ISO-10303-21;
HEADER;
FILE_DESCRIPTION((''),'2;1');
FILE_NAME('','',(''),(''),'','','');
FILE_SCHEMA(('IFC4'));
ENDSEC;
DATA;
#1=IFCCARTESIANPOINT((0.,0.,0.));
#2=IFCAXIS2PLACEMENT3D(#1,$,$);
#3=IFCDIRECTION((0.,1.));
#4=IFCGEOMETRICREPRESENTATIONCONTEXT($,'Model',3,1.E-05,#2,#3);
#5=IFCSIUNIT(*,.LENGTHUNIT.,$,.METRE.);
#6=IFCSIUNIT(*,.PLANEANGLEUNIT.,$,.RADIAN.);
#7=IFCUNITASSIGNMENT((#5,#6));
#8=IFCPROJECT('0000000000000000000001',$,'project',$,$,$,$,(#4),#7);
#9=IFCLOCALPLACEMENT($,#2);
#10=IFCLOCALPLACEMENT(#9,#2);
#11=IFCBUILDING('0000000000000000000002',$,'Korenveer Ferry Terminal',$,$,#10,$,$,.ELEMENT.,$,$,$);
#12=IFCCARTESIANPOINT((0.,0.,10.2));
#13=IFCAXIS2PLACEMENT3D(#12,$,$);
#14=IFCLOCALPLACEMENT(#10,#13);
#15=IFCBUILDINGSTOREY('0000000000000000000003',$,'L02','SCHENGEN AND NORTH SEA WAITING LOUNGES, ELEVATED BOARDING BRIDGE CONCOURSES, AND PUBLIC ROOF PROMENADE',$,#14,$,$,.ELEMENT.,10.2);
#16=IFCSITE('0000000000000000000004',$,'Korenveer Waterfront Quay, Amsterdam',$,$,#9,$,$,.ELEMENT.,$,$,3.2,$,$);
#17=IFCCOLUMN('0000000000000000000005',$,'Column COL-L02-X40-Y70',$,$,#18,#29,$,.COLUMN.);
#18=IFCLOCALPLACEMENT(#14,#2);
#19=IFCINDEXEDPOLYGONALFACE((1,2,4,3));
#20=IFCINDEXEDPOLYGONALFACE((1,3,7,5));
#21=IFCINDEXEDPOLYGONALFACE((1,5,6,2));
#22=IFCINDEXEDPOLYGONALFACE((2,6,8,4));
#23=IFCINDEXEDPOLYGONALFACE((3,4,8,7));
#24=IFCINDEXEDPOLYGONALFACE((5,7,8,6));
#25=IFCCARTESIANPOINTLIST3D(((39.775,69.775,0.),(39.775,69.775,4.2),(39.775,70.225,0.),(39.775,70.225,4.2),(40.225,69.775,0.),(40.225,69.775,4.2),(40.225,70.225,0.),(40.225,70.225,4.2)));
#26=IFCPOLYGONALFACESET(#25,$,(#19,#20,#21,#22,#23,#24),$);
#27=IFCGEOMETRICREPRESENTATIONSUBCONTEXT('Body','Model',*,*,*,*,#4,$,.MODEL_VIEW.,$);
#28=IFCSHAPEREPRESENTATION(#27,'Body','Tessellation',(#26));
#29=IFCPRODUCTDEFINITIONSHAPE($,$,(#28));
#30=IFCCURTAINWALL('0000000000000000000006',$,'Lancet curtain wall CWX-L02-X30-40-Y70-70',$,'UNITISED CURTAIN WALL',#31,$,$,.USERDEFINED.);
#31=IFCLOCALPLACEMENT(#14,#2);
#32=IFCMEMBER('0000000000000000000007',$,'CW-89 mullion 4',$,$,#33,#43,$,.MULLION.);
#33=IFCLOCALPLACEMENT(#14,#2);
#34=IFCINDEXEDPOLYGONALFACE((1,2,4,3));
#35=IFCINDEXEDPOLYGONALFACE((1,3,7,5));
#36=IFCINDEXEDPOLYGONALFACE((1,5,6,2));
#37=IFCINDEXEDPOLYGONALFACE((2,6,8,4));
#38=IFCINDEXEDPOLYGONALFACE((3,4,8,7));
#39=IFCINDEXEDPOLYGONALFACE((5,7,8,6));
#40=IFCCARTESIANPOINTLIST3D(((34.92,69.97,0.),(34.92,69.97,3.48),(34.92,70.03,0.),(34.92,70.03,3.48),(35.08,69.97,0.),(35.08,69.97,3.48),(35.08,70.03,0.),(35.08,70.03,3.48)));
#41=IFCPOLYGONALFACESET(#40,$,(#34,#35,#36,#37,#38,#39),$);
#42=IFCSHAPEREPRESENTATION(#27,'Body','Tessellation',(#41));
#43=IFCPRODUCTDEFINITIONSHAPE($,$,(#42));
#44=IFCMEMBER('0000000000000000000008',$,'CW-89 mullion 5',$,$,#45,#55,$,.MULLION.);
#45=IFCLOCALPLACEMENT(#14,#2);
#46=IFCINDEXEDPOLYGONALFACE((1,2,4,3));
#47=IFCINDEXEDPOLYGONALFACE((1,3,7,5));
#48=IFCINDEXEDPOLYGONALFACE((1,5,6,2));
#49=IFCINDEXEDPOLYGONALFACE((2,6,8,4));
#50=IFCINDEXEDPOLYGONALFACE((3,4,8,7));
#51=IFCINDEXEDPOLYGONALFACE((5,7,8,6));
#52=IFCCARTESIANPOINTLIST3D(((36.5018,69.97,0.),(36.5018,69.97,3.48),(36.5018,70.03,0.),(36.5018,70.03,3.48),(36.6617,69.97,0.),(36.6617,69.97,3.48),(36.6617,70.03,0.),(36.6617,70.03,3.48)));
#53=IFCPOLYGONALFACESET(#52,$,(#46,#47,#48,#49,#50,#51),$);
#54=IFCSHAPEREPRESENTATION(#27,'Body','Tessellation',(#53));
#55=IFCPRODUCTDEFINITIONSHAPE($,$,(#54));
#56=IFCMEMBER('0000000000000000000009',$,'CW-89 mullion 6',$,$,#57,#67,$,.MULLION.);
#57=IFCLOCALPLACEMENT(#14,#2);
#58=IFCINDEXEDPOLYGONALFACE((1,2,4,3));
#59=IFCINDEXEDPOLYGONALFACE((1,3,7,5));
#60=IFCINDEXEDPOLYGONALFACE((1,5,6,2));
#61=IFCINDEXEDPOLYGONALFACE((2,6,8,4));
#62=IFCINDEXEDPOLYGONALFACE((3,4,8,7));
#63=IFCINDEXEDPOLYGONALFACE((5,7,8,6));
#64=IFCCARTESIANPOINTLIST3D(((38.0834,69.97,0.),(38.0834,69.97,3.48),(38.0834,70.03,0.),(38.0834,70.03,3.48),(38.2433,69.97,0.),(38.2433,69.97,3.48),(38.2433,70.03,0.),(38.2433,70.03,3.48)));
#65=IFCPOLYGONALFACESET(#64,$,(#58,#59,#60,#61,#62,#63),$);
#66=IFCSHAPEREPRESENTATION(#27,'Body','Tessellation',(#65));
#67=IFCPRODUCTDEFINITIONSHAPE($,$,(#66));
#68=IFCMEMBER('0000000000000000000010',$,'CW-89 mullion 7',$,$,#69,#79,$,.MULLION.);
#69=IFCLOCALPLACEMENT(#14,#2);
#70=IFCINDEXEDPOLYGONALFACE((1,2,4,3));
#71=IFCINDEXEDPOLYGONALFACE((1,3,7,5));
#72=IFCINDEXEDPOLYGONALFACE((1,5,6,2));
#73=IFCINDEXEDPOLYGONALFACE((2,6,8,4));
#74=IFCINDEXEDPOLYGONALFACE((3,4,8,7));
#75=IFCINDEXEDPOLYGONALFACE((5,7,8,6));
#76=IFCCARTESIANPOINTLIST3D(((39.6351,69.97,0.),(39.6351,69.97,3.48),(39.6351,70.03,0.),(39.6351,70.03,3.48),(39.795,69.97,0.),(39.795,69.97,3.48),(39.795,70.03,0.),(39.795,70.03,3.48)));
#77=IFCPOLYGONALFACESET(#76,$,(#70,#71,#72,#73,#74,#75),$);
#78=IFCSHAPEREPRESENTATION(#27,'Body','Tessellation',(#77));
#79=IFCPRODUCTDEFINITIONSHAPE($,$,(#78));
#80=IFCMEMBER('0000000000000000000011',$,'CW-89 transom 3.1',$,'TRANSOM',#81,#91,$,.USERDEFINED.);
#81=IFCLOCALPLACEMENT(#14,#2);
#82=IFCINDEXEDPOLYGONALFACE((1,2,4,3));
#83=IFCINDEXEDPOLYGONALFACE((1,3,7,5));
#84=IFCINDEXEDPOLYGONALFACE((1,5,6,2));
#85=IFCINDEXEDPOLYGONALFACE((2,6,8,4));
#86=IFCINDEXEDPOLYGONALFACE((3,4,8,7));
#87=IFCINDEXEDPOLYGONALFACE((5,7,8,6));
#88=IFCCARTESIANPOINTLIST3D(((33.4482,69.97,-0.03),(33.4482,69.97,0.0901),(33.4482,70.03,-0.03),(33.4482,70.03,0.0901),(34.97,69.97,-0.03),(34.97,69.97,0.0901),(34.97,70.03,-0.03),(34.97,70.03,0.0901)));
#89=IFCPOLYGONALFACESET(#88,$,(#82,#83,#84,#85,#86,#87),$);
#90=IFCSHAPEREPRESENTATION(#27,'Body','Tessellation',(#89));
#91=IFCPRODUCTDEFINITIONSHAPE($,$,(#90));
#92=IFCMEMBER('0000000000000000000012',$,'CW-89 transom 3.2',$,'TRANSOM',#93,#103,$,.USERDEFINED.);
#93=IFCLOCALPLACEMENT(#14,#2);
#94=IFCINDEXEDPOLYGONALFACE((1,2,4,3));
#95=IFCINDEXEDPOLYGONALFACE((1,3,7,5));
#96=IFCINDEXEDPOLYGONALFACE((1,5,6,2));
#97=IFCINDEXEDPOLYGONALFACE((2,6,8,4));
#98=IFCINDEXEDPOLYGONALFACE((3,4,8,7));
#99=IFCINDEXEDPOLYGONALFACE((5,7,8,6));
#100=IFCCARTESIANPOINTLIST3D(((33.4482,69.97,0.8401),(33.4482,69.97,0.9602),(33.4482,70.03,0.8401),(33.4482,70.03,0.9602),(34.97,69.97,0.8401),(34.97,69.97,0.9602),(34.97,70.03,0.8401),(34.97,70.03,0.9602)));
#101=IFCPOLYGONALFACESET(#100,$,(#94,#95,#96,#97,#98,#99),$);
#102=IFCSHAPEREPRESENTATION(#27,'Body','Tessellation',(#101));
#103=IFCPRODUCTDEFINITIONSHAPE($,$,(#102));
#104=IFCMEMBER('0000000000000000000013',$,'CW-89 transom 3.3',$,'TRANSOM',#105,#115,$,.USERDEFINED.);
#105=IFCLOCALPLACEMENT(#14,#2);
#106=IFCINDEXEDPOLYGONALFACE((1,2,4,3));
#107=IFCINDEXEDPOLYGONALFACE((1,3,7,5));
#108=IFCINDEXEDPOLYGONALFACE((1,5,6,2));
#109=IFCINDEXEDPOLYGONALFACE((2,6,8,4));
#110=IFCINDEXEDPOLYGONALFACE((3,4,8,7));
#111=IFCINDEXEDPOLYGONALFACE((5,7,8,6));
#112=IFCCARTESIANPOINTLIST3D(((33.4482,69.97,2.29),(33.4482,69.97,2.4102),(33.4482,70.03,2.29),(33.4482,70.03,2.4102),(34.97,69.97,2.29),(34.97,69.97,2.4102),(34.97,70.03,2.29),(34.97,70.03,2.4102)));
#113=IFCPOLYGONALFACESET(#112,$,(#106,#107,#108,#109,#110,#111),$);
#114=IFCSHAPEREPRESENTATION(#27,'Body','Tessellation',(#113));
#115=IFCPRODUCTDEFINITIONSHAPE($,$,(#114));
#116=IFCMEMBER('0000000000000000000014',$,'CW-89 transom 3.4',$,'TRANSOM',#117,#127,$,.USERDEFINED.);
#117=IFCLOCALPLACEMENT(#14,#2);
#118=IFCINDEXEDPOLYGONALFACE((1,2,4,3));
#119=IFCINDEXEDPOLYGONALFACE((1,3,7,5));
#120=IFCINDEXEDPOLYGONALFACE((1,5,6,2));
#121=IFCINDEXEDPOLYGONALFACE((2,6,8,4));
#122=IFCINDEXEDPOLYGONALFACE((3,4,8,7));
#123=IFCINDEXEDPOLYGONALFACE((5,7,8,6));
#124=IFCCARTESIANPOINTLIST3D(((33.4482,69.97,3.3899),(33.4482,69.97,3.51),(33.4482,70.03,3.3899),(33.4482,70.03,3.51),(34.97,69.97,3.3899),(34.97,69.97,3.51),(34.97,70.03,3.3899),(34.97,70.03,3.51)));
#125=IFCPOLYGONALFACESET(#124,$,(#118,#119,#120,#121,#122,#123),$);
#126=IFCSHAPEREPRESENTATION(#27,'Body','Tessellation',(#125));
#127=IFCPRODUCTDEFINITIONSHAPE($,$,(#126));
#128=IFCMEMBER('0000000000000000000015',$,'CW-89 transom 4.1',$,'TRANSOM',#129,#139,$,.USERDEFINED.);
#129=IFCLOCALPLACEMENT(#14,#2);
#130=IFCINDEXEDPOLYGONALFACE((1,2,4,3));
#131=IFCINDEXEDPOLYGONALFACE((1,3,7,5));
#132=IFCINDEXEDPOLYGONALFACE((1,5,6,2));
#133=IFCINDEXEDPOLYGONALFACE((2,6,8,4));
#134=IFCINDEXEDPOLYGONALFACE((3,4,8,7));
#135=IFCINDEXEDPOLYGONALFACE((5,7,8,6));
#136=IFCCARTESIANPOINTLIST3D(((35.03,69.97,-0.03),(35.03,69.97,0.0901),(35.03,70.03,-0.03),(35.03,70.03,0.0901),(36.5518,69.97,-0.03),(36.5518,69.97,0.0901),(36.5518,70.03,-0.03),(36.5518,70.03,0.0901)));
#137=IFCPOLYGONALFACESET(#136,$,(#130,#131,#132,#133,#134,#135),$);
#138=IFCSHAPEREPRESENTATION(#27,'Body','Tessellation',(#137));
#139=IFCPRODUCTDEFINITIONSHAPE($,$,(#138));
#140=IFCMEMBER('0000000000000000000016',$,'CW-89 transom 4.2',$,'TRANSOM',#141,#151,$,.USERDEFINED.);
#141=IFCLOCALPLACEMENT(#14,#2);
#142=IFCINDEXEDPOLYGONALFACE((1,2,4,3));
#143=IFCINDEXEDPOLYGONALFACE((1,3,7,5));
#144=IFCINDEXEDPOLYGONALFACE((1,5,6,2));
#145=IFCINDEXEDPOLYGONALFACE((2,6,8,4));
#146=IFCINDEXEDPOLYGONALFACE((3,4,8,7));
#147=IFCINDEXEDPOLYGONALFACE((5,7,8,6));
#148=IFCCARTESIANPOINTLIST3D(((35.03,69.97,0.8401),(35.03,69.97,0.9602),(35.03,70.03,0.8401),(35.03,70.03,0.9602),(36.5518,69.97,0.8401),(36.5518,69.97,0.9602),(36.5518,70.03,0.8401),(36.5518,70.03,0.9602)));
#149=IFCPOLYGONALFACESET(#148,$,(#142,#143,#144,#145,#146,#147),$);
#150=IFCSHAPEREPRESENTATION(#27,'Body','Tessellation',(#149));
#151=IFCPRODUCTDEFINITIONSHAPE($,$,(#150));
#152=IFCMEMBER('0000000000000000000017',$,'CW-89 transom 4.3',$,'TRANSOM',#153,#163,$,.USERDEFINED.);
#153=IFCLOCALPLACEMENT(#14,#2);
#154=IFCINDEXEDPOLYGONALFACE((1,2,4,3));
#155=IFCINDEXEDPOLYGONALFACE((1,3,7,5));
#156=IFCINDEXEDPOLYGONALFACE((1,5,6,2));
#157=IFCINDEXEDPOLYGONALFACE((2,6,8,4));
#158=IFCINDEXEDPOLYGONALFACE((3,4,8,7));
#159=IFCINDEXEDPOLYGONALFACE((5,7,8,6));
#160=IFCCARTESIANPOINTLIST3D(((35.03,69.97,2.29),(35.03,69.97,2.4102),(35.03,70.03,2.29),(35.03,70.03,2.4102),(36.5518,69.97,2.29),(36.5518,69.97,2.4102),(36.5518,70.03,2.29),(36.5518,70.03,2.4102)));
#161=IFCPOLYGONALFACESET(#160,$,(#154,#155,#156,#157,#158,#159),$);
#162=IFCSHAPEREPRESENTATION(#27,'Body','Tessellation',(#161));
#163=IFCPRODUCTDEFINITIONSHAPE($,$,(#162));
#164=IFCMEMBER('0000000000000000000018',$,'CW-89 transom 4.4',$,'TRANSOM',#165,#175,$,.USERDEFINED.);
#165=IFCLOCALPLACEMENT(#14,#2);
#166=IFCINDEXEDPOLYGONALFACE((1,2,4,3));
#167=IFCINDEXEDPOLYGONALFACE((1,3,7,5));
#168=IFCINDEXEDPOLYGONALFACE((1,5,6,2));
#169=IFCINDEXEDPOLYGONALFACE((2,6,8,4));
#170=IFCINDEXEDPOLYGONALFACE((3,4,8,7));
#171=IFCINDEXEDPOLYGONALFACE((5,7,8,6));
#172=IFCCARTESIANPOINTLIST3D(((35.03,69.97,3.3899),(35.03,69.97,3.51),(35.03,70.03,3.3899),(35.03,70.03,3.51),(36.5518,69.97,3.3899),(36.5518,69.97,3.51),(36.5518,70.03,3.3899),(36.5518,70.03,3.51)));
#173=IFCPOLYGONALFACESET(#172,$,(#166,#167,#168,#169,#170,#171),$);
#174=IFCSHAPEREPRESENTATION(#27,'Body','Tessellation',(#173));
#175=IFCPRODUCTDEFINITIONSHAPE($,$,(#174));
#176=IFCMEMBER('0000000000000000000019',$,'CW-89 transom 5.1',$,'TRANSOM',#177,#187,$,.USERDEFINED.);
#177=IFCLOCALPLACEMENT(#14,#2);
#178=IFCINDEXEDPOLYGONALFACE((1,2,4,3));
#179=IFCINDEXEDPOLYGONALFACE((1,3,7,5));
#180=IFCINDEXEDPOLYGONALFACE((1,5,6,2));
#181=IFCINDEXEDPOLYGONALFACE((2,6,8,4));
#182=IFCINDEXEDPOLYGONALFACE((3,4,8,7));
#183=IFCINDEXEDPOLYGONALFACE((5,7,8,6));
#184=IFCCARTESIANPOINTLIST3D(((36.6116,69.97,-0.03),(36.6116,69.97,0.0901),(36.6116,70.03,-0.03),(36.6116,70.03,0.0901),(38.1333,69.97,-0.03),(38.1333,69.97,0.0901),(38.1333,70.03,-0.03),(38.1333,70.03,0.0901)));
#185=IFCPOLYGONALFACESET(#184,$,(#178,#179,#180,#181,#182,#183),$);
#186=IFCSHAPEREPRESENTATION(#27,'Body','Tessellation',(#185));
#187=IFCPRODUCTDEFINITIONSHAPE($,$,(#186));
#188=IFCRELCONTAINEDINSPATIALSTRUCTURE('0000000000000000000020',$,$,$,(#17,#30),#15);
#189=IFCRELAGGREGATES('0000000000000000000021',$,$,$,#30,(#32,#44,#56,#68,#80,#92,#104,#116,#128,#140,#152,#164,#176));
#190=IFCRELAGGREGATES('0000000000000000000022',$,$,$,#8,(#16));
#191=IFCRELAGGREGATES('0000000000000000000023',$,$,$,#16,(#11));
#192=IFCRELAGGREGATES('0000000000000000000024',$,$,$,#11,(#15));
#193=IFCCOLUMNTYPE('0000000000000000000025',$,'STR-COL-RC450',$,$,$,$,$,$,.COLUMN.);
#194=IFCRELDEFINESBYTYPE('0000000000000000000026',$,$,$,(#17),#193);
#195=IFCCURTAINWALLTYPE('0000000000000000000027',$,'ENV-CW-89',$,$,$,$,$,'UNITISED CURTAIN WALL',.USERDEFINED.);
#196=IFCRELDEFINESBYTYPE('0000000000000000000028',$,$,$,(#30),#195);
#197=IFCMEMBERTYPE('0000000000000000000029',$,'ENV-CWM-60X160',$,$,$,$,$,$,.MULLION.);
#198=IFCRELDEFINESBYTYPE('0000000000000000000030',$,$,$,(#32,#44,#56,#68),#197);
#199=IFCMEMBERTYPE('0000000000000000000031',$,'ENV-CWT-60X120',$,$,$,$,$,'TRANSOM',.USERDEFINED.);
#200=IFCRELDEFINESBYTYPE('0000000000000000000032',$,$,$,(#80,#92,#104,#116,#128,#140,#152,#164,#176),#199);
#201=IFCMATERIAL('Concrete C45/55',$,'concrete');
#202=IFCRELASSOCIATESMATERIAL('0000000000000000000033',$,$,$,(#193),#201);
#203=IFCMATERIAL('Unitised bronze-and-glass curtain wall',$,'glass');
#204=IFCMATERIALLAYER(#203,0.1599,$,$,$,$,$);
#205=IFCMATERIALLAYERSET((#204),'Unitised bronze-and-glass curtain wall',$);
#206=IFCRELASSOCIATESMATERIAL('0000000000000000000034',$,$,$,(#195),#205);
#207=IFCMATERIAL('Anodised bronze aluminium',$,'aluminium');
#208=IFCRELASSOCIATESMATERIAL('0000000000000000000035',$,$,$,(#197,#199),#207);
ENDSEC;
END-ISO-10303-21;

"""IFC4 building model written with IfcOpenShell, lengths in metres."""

from ifc_helpers import new_model, si_unit, direction, frame, origin, origin_2d, place, context, subcontext, project, spatial, rectangle, extrude, material, layer, layer_set, material_profile, profile_set, type_object, element, aggregate, save


model = new_model("IFC4")

# Units and contexts
model_context = context("Model", 3, precision=1e-05, world=origin(), true_north=direction((0.0, 1.0)))
body_context = subcontext(model_context, "Body", "Model", "MODEL_VIEW")
ifc_project = project(units=[si_unit("LENGTHUNIT", "METRE"), si_unit("PLANEANGLEUNIT", "RADIAN")], contexts=[model_context])

# Site, building, storey
site_placement = place(None, origin())
site = spatial("IfcSite", under=ifc_project, at=site_placement, Name="Korenveer Waterfront Quay, Amsterdam", CompositionType="ELEMENT", RefElevation=3.2)
building_placement = place(site_placement, origin())
building = spatial("IfcBuilding", under=site, at=building_placement, Name="Korenveer Ferry Terminal", CompositionType="ELEMENT")
storey_placement = place(building_placement, frame((0.0, 0.0, 10.2)))
storey = spatial("IfcBuildingStorey", under=building, at=storey_placement, Name="L02", Description="SCHENGEN AND NORTH SEA WAITING LOUNGES, ELEVATED BOARDING BRIDGE CONCOURSES, AND PUBLIC ROOF PROMENADE", CompositionType="ELEMENT", Elevation=10.2)

# Column
ifc_material_1 = material(Name="Concrete C45/55", Category="concrete")
ifc_material_profile_1 = material_profile(ifc_material_1, rectangle(XDim=0.45, YDim=0.45, at=origin_2d()), Name="RC 450x450")
ifc_profile_set_1 = profile_set([ifc_material_profile_1], Name="Concrete C45/55")
column_type = type_object("IfcColumnType", Name="STR-COL-RC450", PredefinedType="COLUMN", material=ifc_profile_set_1)
column_placement = place(storey_placement, frame((40.0, 70.0, 0.0), z_axis=(0.0, 0.0, 1.0), x_axis=(1.0, 0.0, 0.0)))
element("IfcColumn", 1, at=column_placement, inside=storey, type_object=column_type, Name="Column COL-L02-X40-Y70", PredefinedType="COLUMN", context=body_context, shape_type="SweptSolid", body=[
    extrude(rectangle(XDim=0.45, YDim=0.45, at=origin_2d()), origin(), (0.0, 0.0, 1.0), 4.2),
])

# Curtain wall, members
ifc_material_2 = material(Name="Unitised bronze-and-glass curtain wall", Category="glass")
ifc_layer_1 = layer(ifc_material_2, 0.1599)
ifc_layer_set_1 = layer_set([ifc_layer_1], Name="Unitised bronze-and-glass curtain wall")
curtain_wall_type = type_object("IfcCurtainWallType", Name="ENV-CW-89", ElementType="UNITISED CURTAIN WALL", PredefinedType="USERDEFINED", material=ifc_layer_set_1)
curtain_wall_placement = place(storey_placement, frame((30.2549, 70.0, 0.0)))
curtain_wall = element("IfcCurtainWall", 2, at=curtain_wall_placement, inside=storey, type_object=curtain_wall_type, Name="Lancet curtain wall CWX-L02-X30-40-Y70-70", ObjectType="UNITISED CURTAIN WALL", PredefinedType="USERDEFINED")
ifc_material_3 = material(Name="Anodised bronze aluminium", Category="aluminium")
ifc_material_profile_2 = material_profile(ifc_material_3, rectangle(XDim=0.0601, YDim=0.1599, at=origin_2d()), Name="ALU 60x160")
ifc_profile_set_2 = profile_set([ifc_material_profile_2], Name="Anodised bronze aluminium")
member_type_1 = type_object("IfcMemberType", Name="ENV-CWM-60X160", PredefinedType="MULLION", material=ifc_profile_set_2)
member_1_placement = place(storey_placement, frame((35.0, 70.0, 0.0), z_axis=(0.0, 0.0, 1.0), x_axis=(0.0, 1.0, 0.0)))
member_1 = element("IfcMember", 3, at=member_1_placement, type_object=member_type_1, Name="CW-89 mullion 4", PredefinedType="MULLION", context=body_context, shape_type="SweptSolid", body=[
    extrude(rectangle(XDim=0.0601, YDim=0.1599, at=origin_2d()), origin(), (0.0, 0.0, 1.0), 3.48),
])
member_2_placement = place(storey_placement, frame((36.5818, 70.0, 0.0), z_axis=(0.0, 0.0, 1.0), x_axis=(0.0, 1.0, 0.0)))
member_2 = element("IfcMember", 4, at=member_2_placement, type_object=member_type_1, Name="CW-89 mullion 5", PredefinedType="MULLION", context=body_context, shape_type="SweptSolid", body=[
    extrude(rectangle(XDim=0.0601, YDim=0.1599, at=origin_2d()), origin(), (0.0, 0.0, 1.0), 3.48),
])
member_3_placement = place(storey_placement, frame((38.1633, 70.0, 0.0), z_axis=(0.0, 0.0, 1.0), x_axis=(0.0, 1.0, 0.0)))
member_3 = element("IfcMember", 5, at=member_3_placement, type_object=member_type_1, Name="CW-89 mullion 6", PredefinedType="MULLION", context=body_context, shape_type="SweptSolid", body=[
    extrude(rectangle(XDim=0.0601, YDim=0.1599, at=origin_2d()), origin(), (0.0, 0.0, 1.0), 3.48),
])
member_4_placement = place(storey_placement, frame((39.7151, 70.0, 0.0), z_axis=(0.0, 0.0, 1.0), x_axis=(0.0, 1.0, 0.0)))
member_4 = element("IfcMember", 6, at=member_4_placement, type_object=member_type_1, Name="CW-89 mullion 7", PredefinedType="MULLION", context=body_context, shape_type="SweptSolid", body=[
    extrude(rectangle(XDim=0.0601, YDim=0.1599, at=origin_2d()), origin(), (0.0, 0.0, 1.0), 3.48),
])
ifc_material_profile_3 = material_profile(ifc_material_3, rectangle(XDim=0.0601, YDim=0.1201, at=origin_2d()), Name="ALU 60x120")
ifc_profile_set_3 = profile_set([ifc_material_profile_3], Name="Anodised bronze aluminium")
member_type_2 = type_object("IfcMemberType", Name="ENV-CWT-60X120", ElementType="TRANSOM", PredefinedType="USERDEFINED", material=ifc_profile_set_3)
member_5_placement = place(storey_placement, frame((33.4482, 70.0, 0.03), z_axis=(1.0, 0.0, 0.0), x_axis=(0.0, 1.0, 0.0)))
member_5 = element("IfcMember", 7, at=member_5_placement, type_object=member_type_2, Name="CW-89 transom 3.1", ObjectType="TRANSOM", PredefinedType="USERDEFINED", context=body_context, shape_type="SweptSolid", body=[
    extrude(rectangle(XDim=0.0601, YDim=0.1201, at=origin_2d()), origin(), (0.0, 0.0, 1.0), 1.5217),
])
member_6_placement = place(storey_placement, frame((33.4482, 70.0, 0.9001), z_axis=(1.0, 0.0, 0.0), x_axis=(0.0, 1.0, 0.0)))
member_6 = element("IfcMember", 8, at=member_6_placement, type_object=member_type_2, Name="CW-89 transom 3.2", ObjectType="TRANSOM", PredefinedType="USERDEFINED", context=body_context, shape_type="SweptSolid", body=[
    extrude(rectangle(XDim=0.0601, YDim=0.1201, at=origin_2d()), origin(), (0.0, 0.0, 1.0), 1.5217),
])
member_7_placement = place(storey_placement, frame((33.4482, 70.0, 2.3501), z_axis=(1.0, 0.0, 0.0), x_axis=(0.0, 1.0, 0.0)))
member_7 = element("IfcMember", 9, at=member_7_placement, type_object=member_type_2, Name="CW-89 transom 3.3", ObjectType="TRANSOM", PredefinedType="USERDEFINED", context=body_context, shape_type="SweptSolid", body=[
    extrude(rectangle(XDim=0.0601, YDim=0.1201, at=origin_2d()), origin(), (0.0, 0.0, 1.0), 1.5217),
])
member_8_placement = place(storey_placement, frame((33.4482, 70.0, 3.45), z_axis=(1.0, 0.0, 0.0), x_axis=(0.0, 1.0, 0.0)))
member_8 = element("IfcMember", 10, at=member_8_placement, type_object=member_type_2, Name="CW-89 transom 3.4", ObjectType="TRANSOM", PredefinedType="USERDEFINED", context=body_context, shape_type="SweptSolid", body=[
    extrude(rectangle(XDim=0.0601, YDim=0.1201, at=origin_2d()), origin(), (0.0, 0.0, 1.0), 1.5217),
])
member_9_placement = place(storey_placement, frame((35.03, 70.0, 0.03), z_axis=(1.0, 0.0, 0.0), x_axis=(0.0, 1.0, 0.0)))
member_9 = element("IfcMember", 11, at=member_9_placement, type_object=member_type_2, Name="CW-89 transom 4.1", ObjectType="TRANSOM", PredefinedType="USERDEFINED", context=body_context, shape_type="SweptSolid", body=[
    extrude(rectangle(XDim=0.0601, YDim=0.1201, at=origin_2d()), origin(), (0.0, 0.0, 1.0), 1.5217),
])
member_10_placement = place(storey_placement, frame((35.03, 70.0, 0.9001), z_axis=(1.0, 0.0, 0.0), x_axis=(0.0, 1.0, 0.0)))
member_10 = element("IfcMember", 12, at=member_10_placement, type_object=member_type_2, Name="CW-89 transom 4.2", ObjectType="TRANSOM", PredefinedType="USERDEFINED", context=body_context, shape_type="SweptSolid", body=[
    extrude(rectangle(XDim=0.0601, YDim=0.1201, at=origin_2d()), origin(), (0.0, 0.0, 1.0), 1.5217),
])
member_11_placement = place(storey_placement, frame((35.03, 70.0, 2.3501), z_axis=(1.0, 0.0, 0.0), x_axis=(0.0, 1.0, 0.0)))
member_11 = element("IfcMember", 13, at=member_11_placement, type_object=member_type_2, Name="CW-89 transom 4.3", ObjectType="TRANSOM", PredefinedType="USERDEFINED", context=body_context, shape_type="SweptSolid", body=[
    extrude(rectangle(XDim=0.0601, YDim=0.1201, at=origin_2d()), origin(), (0.0, 0.0, 1.0), 1.5217),
])
member_12_placement = place(storey_placement, frame((35.03, 70.0, 3.45), z_axis=(1.0, 0.0, 0.0), x_axis=(0.0, 1.0, 0.0)))
member_12 = element("IfcMember", 14, at=member_12_placement, type_object=member_type_2, Name="CW-89 transom 4.4", ObjectType="TRANSOM", PredefinedType="USERDEFINED", context=body_context, shape_type="SweptSolid", body=[
    extrude(rectangle(XDim=0.0601, YDim=0.1201, at=origin_2d()), origin(), (0.0, 0.0, 1.0), 1.5217),
])
member_13_placement = place(storey_placement, frame((36.6116, 70.0, 0.03), z_axis=(1.0, 0.0, 0.0), x_axis=(0.0, 1.0, 0.0)))
member_13 = element("IfcMember", 15, at=member_13_placement, type_object=member_type_2, Name="CW-89 transom 5.1", ObjectType="TRANSOM", PredefinedType="USERDEFINED", context=body_context, shape_type="SweptSolid", body=[
    extrude(rectangle(XDim=0.0601, YDim=0.1201, at=origin_2d()), origin(), (0.0, 0.0, 1.0), 1.5217),
])

aggregate(curtain_wall, [member_1, member_2, member_3, member_4, member_5, member_6, member_7, member_8, member_9, member_10, member_11, member_12, member_13])

save(model, "model.ifc")
